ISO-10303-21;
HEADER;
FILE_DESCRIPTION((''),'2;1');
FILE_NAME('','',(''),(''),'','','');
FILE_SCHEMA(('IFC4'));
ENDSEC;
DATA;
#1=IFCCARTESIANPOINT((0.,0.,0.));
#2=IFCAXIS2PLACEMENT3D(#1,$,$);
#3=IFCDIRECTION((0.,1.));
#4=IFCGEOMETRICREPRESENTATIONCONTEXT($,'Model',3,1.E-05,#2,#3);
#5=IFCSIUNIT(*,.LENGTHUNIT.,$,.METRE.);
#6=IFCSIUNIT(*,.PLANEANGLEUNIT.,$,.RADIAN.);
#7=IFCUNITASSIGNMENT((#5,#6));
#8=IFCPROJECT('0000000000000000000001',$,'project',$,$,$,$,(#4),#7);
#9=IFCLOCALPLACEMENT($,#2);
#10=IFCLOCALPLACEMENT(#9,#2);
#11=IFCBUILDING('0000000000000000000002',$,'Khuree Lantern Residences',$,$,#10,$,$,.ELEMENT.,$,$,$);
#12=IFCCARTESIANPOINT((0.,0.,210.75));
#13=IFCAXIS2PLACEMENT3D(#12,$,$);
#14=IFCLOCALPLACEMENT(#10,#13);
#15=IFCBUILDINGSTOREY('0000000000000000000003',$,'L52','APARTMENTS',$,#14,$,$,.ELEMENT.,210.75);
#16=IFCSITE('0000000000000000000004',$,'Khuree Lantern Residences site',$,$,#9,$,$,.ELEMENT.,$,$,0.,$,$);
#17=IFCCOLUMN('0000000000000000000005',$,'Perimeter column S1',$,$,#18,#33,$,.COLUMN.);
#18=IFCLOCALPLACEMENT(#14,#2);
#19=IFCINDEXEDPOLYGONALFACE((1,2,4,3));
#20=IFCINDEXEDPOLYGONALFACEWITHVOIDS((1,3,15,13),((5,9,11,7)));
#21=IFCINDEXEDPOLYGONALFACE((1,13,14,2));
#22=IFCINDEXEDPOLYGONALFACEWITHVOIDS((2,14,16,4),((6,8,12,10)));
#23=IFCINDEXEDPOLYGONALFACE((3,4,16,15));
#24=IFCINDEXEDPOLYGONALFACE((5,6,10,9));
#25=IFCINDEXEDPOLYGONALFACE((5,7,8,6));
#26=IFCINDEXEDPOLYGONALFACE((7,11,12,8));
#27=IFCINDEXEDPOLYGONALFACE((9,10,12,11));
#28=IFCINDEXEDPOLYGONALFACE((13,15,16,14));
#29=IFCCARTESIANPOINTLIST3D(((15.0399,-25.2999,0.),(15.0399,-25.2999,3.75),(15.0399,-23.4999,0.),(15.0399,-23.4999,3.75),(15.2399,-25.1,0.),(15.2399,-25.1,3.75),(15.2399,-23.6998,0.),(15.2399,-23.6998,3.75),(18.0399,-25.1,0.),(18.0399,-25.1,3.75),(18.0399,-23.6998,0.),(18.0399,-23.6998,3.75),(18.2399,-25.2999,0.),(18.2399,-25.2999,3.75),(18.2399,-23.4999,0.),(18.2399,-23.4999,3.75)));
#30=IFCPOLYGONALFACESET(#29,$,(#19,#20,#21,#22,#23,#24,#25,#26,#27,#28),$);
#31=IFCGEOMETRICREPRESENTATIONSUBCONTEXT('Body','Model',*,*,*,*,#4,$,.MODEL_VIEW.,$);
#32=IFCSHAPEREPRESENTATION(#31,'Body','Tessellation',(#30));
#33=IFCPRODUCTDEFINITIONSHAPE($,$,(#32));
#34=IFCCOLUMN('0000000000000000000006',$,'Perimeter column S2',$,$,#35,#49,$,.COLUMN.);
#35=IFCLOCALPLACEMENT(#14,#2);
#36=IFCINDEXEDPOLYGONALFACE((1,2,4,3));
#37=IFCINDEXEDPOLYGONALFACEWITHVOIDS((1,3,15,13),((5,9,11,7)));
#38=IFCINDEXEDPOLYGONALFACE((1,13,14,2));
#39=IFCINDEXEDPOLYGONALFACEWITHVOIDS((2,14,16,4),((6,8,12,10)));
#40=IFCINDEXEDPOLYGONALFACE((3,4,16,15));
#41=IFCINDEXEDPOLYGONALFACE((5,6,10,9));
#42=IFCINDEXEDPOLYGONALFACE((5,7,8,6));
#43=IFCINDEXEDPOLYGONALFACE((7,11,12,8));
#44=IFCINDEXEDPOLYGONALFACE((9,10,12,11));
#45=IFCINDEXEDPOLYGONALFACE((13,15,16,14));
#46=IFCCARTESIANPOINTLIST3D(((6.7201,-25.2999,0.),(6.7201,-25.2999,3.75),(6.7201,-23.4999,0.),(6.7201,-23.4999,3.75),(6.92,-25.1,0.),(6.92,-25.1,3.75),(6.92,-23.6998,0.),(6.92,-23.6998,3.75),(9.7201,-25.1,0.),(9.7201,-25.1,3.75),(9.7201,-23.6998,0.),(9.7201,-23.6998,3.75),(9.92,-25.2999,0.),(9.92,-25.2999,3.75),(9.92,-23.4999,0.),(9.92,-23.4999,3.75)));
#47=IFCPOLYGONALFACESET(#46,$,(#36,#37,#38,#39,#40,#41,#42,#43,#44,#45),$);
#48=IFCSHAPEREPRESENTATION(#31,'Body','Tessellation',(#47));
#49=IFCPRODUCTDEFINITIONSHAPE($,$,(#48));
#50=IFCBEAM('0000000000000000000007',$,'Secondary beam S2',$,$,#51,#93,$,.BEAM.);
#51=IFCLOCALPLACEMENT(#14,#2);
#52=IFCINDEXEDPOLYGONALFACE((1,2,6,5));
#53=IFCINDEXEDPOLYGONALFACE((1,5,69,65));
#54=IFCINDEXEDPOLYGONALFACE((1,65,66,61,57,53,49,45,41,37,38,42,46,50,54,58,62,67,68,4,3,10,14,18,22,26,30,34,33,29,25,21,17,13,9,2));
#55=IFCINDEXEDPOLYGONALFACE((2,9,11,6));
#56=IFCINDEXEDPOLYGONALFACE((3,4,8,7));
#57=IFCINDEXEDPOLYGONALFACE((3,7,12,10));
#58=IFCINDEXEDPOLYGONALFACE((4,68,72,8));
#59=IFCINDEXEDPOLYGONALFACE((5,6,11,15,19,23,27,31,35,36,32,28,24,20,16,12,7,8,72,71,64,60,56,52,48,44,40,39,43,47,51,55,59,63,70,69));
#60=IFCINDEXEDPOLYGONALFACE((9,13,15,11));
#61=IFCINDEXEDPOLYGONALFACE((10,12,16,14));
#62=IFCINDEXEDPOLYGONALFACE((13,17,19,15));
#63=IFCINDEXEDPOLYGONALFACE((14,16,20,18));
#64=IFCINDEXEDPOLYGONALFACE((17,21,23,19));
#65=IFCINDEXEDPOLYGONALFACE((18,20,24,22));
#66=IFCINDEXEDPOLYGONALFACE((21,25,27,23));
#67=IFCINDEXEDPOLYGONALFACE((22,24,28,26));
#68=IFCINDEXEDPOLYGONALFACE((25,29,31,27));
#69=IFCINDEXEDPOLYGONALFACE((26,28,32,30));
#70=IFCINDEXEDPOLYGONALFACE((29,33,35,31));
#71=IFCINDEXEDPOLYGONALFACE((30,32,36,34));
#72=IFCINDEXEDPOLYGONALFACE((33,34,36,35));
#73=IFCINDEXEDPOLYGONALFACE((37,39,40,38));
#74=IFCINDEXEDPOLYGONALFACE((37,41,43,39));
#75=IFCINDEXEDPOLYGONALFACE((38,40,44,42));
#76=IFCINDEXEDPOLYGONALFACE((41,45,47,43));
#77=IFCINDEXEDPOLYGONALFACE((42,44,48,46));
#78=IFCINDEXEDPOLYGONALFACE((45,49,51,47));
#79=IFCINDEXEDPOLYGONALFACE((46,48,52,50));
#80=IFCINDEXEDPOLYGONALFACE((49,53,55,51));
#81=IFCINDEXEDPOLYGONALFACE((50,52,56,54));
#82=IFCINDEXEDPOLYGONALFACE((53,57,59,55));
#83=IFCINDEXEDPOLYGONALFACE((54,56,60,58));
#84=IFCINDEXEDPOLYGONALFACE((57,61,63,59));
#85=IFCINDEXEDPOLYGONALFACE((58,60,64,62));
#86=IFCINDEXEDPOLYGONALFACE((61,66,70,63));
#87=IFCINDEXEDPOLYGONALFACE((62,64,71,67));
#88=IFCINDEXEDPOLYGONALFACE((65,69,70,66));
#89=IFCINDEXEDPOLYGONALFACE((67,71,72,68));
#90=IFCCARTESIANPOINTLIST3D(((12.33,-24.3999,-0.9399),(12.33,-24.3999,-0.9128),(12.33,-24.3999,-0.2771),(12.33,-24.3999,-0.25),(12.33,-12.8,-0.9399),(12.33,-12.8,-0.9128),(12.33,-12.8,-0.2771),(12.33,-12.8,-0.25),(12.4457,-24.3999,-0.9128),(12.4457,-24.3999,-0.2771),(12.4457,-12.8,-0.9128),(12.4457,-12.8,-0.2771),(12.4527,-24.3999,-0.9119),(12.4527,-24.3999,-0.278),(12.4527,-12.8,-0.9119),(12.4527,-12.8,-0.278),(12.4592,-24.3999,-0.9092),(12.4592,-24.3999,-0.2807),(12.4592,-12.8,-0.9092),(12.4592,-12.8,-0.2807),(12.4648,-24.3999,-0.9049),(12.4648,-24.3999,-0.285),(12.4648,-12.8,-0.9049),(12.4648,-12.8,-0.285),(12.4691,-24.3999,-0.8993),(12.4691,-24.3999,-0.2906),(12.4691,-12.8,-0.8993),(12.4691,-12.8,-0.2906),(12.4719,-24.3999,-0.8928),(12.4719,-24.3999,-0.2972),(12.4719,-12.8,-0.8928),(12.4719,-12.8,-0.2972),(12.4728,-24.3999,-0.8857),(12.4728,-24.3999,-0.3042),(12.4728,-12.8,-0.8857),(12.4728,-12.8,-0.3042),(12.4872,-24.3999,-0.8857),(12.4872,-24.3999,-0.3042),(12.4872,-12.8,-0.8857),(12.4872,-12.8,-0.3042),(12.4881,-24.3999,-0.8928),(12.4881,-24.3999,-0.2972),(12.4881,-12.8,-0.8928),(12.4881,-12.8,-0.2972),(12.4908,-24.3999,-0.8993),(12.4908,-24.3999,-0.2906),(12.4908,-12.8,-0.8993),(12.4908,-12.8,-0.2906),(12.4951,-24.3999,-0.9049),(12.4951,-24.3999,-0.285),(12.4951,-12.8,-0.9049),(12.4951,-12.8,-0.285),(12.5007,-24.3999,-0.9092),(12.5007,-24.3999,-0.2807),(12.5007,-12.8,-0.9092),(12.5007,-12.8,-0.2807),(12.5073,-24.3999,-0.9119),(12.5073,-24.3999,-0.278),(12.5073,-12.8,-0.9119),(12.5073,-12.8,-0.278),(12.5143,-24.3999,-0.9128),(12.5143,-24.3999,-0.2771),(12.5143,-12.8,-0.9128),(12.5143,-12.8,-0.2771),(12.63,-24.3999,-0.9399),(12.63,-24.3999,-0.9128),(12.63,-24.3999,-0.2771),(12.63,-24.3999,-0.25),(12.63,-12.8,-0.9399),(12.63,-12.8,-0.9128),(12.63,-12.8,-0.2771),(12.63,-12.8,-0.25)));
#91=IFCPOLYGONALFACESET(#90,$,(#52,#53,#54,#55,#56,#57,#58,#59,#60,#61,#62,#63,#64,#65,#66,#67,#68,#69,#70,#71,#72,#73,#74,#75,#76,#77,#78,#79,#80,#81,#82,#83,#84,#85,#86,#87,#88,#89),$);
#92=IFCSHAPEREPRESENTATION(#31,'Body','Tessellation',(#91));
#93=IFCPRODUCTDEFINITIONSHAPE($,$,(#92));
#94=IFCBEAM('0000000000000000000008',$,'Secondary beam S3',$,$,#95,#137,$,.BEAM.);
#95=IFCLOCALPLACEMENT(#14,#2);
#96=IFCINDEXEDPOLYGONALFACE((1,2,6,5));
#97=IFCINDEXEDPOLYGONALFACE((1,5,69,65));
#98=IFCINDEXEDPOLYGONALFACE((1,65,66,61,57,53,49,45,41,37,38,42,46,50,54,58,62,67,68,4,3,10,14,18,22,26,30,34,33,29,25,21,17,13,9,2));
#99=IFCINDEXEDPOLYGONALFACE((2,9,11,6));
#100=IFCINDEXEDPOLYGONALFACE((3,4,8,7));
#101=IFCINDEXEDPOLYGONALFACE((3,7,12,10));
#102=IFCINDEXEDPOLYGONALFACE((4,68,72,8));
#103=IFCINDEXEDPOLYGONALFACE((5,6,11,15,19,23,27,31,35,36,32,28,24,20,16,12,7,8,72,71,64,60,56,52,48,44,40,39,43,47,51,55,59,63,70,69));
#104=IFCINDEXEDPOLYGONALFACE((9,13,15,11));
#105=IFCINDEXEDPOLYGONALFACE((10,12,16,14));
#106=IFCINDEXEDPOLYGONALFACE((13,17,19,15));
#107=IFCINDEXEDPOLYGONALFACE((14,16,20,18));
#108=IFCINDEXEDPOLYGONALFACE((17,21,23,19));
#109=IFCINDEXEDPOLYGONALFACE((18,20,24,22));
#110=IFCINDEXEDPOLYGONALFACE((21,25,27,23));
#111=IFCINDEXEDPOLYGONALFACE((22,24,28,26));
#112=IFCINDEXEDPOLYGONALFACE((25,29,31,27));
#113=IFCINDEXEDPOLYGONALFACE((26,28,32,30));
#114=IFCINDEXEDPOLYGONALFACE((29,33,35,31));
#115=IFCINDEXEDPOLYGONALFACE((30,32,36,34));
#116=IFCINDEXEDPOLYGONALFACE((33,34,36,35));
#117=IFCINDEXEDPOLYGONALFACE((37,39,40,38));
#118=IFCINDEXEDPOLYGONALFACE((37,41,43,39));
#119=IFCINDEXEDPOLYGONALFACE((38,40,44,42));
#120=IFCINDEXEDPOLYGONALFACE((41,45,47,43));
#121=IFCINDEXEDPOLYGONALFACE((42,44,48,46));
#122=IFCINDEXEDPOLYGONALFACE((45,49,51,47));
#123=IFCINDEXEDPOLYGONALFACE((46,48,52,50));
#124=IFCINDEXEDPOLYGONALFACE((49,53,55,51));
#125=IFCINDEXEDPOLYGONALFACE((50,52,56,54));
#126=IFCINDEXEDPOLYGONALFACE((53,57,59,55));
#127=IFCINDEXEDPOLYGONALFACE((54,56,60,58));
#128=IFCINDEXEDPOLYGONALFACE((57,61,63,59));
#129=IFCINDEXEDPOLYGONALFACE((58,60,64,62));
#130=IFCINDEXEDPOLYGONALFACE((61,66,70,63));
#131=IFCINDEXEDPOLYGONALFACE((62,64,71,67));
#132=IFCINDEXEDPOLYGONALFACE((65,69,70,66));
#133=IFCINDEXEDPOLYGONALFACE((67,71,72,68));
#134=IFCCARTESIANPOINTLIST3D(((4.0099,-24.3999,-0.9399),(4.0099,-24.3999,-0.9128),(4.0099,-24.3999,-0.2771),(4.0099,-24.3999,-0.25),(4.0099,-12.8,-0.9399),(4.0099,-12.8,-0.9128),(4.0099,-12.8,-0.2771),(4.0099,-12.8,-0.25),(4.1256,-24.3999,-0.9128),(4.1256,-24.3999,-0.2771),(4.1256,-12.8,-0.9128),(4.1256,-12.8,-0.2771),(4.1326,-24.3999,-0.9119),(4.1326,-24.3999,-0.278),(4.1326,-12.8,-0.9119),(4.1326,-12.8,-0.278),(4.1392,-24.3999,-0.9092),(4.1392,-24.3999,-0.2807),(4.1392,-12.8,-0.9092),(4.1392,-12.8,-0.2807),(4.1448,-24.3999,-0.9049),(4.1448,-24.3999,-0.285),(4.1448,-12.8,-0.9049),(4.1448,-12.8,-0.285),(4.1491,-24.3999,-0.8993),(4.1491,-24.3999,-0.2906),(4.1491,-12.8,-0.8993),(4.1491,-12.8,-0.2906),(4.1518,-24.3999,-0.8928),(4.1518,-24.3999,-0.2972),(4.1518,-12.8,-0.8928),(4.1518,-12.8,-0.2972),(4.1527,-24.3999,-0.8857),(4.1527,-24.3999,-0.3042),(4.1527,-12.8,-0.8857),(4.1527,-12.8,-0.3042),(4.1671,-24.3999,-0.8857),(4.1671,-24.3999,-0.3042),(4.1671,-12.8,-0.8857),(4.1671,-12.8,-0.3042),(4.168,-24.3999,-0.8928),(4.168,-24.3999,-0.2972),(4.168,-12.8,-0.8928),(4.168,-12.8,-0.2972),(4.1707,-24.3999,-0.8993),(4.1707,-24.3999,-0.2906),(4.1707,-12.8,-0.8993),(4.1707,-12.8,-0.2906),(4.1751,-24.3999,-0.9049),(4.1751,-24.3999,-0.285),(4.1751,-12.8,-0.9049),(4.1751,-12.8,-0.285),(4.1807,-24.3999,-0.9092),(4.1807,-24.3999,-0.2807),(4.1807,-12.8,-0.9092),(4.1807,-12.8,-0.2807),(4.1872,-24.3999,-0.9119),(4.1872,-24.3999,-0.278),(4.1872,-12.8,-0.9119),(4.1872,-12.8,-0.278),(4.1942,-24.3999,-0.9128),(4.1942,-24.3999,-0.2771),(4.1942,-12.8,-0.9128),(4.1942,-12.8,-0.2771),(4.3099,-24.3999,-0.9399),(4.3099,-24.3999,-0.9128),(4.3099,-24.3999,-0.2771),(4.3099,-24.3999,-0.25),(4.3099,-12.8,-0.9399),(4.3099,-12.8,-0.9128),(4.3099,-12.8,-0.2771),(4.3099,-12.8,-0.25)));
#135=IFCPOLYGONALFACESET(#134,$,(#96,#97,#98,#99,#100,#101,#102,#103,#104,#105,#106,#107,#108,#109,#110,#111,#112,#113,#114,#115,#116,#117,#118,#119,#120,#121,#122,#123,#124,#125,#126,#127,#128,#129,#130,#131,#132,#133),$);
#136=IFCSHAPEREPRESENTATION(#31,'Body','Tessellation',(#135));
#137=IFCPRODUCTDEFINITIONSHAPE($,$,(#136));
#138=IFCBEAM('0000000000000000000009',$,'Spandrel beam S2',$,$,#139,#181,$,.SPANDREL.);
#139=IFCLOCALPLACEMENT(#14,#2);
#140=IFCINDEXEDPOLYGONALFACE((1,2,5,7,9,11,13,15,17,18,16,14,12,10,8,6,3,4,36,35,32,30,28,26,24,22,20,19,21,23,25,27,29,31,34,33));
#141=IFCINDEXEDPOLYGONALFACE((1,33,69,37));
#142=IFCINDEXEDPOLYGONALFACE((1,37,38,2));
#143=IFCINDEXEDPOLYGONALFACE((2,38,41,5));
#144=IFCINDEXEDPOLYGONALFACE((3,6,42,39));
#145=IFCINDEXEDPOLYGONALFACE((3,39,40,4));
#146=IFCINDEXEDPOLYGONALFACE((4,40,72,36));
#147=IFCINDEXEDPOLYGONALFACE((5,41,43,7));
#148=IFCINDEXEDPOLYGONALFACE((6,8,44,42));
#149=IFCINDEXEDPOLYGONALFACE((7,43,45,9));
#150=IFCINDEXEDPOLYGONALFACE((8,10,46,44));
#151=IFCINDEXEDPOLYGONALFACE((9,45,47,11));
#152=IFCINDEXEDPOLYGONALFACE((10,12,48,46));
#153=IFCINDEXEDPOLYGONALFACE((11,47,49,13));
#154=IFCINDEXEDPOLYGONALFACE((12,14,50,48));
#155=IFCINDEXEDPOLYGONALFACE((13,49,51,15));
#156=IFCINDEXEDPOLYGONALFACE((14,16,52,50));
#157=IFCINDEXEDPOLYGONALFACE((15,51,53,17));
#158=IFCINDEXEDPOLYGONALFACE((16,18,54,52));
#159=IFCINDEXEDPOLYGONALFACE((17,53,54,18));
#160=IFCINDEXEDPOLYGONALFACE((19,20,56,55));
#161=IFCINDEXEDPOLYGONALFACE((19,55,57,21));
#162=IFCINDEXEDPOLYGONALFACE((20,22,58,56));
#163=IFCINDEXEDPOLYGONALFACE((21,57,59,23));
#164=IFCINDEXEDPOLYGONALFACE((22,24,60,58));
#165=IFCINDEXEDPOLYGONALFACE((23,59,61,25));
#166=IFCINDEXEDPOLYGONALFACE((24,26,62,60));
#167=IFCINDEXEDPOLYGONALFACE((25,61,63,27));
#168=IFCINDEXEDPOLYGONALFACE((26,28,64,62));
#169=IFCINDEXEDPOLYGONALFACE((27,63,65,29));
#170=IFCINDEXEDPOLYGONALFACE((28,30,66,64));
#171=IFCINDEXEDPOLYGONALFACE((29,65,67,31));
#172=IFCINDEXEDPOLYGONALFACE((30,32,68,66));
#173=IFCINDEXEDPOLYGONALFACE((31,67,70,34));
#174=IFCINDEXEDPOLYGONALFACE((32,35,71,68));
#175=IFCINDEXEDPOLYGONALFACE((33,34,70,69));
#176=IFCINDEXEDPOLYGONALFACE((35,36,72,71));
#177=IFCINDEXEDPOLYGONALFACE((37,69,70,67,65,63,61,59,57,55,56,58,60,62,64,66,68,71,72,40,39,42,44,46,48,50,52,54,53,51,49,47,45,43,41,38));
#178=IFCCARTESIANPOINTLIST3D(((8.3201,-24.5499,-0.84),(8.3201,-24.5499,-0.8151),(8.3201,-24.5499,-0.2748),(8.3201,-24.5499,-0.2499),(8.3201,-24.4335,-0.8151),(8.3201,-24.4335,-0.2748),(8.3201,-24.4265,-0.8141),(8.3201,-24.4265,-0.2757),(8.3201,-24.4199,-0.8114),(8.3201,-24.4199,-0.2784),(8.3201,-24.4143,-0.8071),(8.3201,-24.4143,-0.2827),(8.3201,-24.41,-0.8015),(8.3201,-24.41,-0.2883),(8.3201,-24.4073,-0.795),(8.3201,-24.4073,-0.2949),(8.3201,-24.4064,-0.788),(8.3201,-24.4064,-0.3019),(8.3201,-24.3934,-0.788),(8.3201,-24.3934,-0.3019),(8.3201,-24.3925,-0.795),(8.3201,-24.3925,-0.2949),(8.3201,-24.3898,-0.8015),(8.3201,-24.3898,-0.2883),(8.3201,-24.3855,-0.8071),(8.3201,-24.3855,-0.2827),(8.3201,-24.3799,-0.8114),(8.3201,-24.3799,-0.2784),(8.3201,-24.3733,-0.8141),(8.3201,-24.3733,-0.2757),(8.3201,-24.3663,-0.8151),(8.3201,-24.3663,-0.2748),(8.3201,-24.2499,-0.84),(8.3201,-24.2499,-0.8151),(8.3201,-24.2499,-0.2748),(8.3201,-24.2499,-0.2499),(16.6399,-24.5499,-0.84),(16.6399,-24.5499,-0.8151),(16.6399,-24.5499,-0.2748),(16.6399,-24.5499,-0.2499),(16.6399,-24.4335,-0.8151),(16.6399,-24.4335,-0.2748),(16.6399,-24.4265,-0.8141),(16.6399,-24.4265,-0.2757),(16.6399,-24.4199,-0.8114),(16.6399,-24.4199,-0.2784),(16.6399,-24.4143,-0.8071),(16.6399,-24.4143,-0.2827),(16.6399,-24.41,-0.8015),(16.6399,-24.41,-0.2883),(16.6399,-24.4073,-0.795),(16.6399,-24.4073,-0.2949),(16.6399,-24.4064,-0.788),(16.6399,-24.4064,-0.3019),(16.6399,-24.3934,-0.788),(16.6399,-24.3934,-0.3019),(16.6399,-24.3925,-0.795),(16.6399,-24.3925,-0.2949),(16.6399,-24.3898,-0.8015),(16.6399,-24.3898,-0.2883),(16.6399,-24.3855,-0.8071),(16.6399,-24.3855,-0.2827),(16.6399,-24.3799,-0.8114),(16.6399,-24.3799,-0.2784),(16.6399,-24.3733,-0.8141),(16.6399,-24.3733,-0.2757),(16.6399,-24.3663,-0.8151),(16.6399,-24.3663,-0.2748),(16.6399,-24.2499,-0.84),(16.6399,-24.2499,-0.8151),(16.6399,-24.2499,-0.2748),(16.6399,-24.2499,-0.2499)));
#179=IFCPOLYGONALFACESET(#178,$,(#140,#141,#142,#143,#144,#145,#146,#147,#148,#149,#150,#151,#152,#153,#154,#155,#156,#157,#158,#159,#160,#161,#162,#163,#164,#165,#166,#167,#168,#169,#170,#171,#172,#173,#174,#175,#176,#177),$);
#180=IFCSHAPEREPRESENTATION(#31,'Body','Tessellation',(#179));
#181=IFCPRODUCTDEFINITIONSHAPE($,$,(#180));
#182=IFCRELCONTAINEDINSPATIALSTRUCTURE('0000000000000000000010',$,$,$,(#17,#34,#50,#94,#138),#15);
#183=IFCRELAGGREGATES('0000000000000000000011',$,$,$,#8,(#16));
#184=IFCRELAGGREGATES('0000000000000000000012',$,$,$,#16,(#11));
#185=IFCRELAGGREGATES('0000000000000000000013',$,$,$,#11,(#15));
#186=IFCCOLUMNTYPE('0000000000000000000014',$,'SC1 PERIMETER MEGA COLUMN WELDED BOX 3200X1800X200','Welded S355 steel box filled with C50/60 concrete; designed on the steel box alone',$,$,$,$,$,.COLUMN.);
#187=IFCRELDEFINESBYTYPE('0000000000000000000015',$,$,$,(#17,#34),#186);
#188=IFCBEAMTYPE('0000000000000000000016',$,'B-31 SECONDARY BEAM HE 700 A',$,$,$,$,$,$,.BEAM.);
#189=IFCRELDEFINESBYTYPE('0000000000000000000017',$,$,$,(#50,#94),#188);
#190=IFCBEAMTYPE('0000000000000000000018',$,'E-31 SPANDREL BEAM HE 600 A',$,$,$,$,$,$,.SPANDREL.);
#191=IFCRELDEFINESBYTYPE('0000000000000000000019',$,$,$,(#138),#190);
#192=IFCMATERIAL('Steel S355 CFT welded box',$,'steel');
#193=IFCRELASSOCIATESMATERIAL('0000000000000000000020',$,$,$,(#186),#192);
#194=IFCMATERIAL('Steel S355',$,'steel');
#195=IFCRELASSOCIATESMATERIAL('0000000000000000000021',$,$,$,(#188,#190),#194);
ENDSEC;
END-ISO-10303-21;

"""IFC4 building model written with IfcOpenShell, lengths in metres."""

from ifc_helpers import new_model, si_unit, direction, frame, origin, origin_2d, place, context, subcontext, project, spatial, hollow_rectangle, i_section, extrude, material, material_profile, profile_set, type_object, element, save


model = new_model("IFC4")

# Units and contexts
model_context = context("Model", 3, precision=1e-05, world=origin(), true_north=direction((0.0, 1.0)))
body_context = subcontext(model_context, "Body", "Model", "MODEL_VIEW")
ifc_project = project(units=[si_unit("LENGTHUNIT", "METRE"), si_unit("PLANEANGLEUNIT", "RADIAN")], contexts=[model_context])

# Site, building, storey
site_placement = place(None, origin())
site = spatial("IfcSite", under=ifc_project, at=site_placement, Name="Khuree Lantern Residences site", CompositionType="ELEMENT", RefElevation=0.0)
building_placement = place(site_placement, origin())
building = spatial("IfcBuilding", under=site, at=building_placement, Name="Khuree Lantern Residences", CompositionType="ELEMENT")
storey_placement = place(building_placement, frame((0.0, 0.0, 210.75)))
storey = spatial("IfcBuildingStorey", under=building, at=storey_placement, Name="L52", Description="APARTMENTS", CompositionType="ELEMENT", Elevation=210.75)

# Columns
ifc_material_1 = material(Name="Steel S355 CFT welded box", Category="steel")
ifc_material_profile_1 = material_profile(ifc_material_1, hollow_rectangle(XDim=3.2, YDim=1.8, WallThickness=0.2, at=origin_2d()), Name="WELDED BOX 3200X1800X200")
ifc_profile_set_1 = profile_set([ifc_material_profile_1], Name="Steel S355 CFT welded box")
column_type = type_object("IfcColumnType", Name="SC1 PERIMETER MEGA COLUMN WELDED BOX 3200X1800X200", Description="Welded S355 steel box filled with C50/60 concrete; designed on the steel box alone", PredefinedType="COLUMN", material=ifc_profile_set_1)
for number, where, z_axis, x_axis, name in (
    (1, (16.6399, -24.3999, 0.0), (0.0, 0.0, 1.0), (1.0, 0.0, 0.0), "Perimeter column S1"),
    (2, (8.3201, -24.3999, 0.0), (0.0, 0.0, 1.0), (1.0, 0.0, 0.0), "Perimeter column S2"),
):
    element("IfcColumn", number, at=place(storey_placement, frame(where, z_axis=z_axis, x_axis=x_axis)), inside=storey, type_object=column_type, Name=name, PredefinedType="COLUMN", context=body_context, shape_type="SweptSolid", body=[
        extrude(hollow_rectangle(XDim=3.2, YDim=1.8, WallThickness=0.2, at=origin_2d()), origin(), (0.0, 0.0, 1.0), 3.75),
    ])

# Beams
ifc_material_2 = material(Name="Steel S355", Category="steel")
ifc_material_profile_2 = material_profile(ifc_material_2, i_section(OverallWidth=0.3, OverallDepth=0.6899, WebThickness=0.0144, FlangeThickness=0.0271, FilletRadius=0.0271, at=origin_2d()), Name="HE 700 A")
ifc_profile_set_2 = profile_set([ifc_material_profile_2], Name="Steel S355")
beam_type_1 = type_object("IfcBeamType", Name="B-31 SECONDARY BEAM HE 700 A", PredefinedType="BEAM", material=ifc_profile_set_2)
for number, where, z_axis, x_axis, name in (
    (3, (12.48, -24.3999, -0.595), (0.0, 1.0, 0.0), (-1.0, 0.0, 0.0), "Secondary beam S2"),
    (4, (4.1599, -24.3999, -0.595), (0.0, 1.0, 0.0), (-1.0, 0.0, 0.0), "Secondary beam S3"),
):
    element("IfcBeam", number, at=place(storey_placement, frame(where, z_axis=z_axis, x_axis=x_axis)), inside=storey, type_object=beam_type_1, Name=name, PredefinedType="BEAM", context=body_context, shape_type="SweptSolid", body=[
        extrude(i_section(OverallWidth=0.3, OverallDepth=0.6899, WebThickness=0.0144, FlangeThickness=0.0271, FilletRadius=0.0271, at=origin_2d()), origin(), (0.0, 0.0, 1.0), 11.5999),
    ])
ifc_material_profile_3 = material_profile(ifc_material_2, i_section(OverallWidth=0.3, OverallDepth=0.5901, WebThickness=0.0129, FlangeThickness=0.0249, FilletRadius=0.0271, at=origin_2d()), Name="HE 600 A")
ifc_profile_set_3 = profile_set([ifc_material_profile_3], Name="Steel S355")
beam_type_2 = type_object("IfcBeamType", Name="E-31 SPANDREL BEAM HE 600 A", PredefinedType="SPANDREL", material=ifc_profile_set_3)
beam_1_placement = place(storey_placement, frame((16.6399, -24.3999, -0.5449), z_axis=(-1.0, 0.0, 0.0), x_axis=(0.0, -1.0, 0.0)))
element("IfcBeam", 5, at=beam_1_placement, inside=storey, type_object=beam_type_2, Name="Spandrel beam S2", PredefinedType="SPANDREL", context=body_context, shape_type="SweptSolid", body=[
    extrude(i_section(OverallWidth=0.3, OverallDepth=0.5901, WebThickness=0.0129, FlangeThickness=0.0249, FilletRadius=0.0271, at=origin_2d()), origin(), (0.0, 0.0, 1.0), 8.3198),
])

save(model, "model.ifc")
